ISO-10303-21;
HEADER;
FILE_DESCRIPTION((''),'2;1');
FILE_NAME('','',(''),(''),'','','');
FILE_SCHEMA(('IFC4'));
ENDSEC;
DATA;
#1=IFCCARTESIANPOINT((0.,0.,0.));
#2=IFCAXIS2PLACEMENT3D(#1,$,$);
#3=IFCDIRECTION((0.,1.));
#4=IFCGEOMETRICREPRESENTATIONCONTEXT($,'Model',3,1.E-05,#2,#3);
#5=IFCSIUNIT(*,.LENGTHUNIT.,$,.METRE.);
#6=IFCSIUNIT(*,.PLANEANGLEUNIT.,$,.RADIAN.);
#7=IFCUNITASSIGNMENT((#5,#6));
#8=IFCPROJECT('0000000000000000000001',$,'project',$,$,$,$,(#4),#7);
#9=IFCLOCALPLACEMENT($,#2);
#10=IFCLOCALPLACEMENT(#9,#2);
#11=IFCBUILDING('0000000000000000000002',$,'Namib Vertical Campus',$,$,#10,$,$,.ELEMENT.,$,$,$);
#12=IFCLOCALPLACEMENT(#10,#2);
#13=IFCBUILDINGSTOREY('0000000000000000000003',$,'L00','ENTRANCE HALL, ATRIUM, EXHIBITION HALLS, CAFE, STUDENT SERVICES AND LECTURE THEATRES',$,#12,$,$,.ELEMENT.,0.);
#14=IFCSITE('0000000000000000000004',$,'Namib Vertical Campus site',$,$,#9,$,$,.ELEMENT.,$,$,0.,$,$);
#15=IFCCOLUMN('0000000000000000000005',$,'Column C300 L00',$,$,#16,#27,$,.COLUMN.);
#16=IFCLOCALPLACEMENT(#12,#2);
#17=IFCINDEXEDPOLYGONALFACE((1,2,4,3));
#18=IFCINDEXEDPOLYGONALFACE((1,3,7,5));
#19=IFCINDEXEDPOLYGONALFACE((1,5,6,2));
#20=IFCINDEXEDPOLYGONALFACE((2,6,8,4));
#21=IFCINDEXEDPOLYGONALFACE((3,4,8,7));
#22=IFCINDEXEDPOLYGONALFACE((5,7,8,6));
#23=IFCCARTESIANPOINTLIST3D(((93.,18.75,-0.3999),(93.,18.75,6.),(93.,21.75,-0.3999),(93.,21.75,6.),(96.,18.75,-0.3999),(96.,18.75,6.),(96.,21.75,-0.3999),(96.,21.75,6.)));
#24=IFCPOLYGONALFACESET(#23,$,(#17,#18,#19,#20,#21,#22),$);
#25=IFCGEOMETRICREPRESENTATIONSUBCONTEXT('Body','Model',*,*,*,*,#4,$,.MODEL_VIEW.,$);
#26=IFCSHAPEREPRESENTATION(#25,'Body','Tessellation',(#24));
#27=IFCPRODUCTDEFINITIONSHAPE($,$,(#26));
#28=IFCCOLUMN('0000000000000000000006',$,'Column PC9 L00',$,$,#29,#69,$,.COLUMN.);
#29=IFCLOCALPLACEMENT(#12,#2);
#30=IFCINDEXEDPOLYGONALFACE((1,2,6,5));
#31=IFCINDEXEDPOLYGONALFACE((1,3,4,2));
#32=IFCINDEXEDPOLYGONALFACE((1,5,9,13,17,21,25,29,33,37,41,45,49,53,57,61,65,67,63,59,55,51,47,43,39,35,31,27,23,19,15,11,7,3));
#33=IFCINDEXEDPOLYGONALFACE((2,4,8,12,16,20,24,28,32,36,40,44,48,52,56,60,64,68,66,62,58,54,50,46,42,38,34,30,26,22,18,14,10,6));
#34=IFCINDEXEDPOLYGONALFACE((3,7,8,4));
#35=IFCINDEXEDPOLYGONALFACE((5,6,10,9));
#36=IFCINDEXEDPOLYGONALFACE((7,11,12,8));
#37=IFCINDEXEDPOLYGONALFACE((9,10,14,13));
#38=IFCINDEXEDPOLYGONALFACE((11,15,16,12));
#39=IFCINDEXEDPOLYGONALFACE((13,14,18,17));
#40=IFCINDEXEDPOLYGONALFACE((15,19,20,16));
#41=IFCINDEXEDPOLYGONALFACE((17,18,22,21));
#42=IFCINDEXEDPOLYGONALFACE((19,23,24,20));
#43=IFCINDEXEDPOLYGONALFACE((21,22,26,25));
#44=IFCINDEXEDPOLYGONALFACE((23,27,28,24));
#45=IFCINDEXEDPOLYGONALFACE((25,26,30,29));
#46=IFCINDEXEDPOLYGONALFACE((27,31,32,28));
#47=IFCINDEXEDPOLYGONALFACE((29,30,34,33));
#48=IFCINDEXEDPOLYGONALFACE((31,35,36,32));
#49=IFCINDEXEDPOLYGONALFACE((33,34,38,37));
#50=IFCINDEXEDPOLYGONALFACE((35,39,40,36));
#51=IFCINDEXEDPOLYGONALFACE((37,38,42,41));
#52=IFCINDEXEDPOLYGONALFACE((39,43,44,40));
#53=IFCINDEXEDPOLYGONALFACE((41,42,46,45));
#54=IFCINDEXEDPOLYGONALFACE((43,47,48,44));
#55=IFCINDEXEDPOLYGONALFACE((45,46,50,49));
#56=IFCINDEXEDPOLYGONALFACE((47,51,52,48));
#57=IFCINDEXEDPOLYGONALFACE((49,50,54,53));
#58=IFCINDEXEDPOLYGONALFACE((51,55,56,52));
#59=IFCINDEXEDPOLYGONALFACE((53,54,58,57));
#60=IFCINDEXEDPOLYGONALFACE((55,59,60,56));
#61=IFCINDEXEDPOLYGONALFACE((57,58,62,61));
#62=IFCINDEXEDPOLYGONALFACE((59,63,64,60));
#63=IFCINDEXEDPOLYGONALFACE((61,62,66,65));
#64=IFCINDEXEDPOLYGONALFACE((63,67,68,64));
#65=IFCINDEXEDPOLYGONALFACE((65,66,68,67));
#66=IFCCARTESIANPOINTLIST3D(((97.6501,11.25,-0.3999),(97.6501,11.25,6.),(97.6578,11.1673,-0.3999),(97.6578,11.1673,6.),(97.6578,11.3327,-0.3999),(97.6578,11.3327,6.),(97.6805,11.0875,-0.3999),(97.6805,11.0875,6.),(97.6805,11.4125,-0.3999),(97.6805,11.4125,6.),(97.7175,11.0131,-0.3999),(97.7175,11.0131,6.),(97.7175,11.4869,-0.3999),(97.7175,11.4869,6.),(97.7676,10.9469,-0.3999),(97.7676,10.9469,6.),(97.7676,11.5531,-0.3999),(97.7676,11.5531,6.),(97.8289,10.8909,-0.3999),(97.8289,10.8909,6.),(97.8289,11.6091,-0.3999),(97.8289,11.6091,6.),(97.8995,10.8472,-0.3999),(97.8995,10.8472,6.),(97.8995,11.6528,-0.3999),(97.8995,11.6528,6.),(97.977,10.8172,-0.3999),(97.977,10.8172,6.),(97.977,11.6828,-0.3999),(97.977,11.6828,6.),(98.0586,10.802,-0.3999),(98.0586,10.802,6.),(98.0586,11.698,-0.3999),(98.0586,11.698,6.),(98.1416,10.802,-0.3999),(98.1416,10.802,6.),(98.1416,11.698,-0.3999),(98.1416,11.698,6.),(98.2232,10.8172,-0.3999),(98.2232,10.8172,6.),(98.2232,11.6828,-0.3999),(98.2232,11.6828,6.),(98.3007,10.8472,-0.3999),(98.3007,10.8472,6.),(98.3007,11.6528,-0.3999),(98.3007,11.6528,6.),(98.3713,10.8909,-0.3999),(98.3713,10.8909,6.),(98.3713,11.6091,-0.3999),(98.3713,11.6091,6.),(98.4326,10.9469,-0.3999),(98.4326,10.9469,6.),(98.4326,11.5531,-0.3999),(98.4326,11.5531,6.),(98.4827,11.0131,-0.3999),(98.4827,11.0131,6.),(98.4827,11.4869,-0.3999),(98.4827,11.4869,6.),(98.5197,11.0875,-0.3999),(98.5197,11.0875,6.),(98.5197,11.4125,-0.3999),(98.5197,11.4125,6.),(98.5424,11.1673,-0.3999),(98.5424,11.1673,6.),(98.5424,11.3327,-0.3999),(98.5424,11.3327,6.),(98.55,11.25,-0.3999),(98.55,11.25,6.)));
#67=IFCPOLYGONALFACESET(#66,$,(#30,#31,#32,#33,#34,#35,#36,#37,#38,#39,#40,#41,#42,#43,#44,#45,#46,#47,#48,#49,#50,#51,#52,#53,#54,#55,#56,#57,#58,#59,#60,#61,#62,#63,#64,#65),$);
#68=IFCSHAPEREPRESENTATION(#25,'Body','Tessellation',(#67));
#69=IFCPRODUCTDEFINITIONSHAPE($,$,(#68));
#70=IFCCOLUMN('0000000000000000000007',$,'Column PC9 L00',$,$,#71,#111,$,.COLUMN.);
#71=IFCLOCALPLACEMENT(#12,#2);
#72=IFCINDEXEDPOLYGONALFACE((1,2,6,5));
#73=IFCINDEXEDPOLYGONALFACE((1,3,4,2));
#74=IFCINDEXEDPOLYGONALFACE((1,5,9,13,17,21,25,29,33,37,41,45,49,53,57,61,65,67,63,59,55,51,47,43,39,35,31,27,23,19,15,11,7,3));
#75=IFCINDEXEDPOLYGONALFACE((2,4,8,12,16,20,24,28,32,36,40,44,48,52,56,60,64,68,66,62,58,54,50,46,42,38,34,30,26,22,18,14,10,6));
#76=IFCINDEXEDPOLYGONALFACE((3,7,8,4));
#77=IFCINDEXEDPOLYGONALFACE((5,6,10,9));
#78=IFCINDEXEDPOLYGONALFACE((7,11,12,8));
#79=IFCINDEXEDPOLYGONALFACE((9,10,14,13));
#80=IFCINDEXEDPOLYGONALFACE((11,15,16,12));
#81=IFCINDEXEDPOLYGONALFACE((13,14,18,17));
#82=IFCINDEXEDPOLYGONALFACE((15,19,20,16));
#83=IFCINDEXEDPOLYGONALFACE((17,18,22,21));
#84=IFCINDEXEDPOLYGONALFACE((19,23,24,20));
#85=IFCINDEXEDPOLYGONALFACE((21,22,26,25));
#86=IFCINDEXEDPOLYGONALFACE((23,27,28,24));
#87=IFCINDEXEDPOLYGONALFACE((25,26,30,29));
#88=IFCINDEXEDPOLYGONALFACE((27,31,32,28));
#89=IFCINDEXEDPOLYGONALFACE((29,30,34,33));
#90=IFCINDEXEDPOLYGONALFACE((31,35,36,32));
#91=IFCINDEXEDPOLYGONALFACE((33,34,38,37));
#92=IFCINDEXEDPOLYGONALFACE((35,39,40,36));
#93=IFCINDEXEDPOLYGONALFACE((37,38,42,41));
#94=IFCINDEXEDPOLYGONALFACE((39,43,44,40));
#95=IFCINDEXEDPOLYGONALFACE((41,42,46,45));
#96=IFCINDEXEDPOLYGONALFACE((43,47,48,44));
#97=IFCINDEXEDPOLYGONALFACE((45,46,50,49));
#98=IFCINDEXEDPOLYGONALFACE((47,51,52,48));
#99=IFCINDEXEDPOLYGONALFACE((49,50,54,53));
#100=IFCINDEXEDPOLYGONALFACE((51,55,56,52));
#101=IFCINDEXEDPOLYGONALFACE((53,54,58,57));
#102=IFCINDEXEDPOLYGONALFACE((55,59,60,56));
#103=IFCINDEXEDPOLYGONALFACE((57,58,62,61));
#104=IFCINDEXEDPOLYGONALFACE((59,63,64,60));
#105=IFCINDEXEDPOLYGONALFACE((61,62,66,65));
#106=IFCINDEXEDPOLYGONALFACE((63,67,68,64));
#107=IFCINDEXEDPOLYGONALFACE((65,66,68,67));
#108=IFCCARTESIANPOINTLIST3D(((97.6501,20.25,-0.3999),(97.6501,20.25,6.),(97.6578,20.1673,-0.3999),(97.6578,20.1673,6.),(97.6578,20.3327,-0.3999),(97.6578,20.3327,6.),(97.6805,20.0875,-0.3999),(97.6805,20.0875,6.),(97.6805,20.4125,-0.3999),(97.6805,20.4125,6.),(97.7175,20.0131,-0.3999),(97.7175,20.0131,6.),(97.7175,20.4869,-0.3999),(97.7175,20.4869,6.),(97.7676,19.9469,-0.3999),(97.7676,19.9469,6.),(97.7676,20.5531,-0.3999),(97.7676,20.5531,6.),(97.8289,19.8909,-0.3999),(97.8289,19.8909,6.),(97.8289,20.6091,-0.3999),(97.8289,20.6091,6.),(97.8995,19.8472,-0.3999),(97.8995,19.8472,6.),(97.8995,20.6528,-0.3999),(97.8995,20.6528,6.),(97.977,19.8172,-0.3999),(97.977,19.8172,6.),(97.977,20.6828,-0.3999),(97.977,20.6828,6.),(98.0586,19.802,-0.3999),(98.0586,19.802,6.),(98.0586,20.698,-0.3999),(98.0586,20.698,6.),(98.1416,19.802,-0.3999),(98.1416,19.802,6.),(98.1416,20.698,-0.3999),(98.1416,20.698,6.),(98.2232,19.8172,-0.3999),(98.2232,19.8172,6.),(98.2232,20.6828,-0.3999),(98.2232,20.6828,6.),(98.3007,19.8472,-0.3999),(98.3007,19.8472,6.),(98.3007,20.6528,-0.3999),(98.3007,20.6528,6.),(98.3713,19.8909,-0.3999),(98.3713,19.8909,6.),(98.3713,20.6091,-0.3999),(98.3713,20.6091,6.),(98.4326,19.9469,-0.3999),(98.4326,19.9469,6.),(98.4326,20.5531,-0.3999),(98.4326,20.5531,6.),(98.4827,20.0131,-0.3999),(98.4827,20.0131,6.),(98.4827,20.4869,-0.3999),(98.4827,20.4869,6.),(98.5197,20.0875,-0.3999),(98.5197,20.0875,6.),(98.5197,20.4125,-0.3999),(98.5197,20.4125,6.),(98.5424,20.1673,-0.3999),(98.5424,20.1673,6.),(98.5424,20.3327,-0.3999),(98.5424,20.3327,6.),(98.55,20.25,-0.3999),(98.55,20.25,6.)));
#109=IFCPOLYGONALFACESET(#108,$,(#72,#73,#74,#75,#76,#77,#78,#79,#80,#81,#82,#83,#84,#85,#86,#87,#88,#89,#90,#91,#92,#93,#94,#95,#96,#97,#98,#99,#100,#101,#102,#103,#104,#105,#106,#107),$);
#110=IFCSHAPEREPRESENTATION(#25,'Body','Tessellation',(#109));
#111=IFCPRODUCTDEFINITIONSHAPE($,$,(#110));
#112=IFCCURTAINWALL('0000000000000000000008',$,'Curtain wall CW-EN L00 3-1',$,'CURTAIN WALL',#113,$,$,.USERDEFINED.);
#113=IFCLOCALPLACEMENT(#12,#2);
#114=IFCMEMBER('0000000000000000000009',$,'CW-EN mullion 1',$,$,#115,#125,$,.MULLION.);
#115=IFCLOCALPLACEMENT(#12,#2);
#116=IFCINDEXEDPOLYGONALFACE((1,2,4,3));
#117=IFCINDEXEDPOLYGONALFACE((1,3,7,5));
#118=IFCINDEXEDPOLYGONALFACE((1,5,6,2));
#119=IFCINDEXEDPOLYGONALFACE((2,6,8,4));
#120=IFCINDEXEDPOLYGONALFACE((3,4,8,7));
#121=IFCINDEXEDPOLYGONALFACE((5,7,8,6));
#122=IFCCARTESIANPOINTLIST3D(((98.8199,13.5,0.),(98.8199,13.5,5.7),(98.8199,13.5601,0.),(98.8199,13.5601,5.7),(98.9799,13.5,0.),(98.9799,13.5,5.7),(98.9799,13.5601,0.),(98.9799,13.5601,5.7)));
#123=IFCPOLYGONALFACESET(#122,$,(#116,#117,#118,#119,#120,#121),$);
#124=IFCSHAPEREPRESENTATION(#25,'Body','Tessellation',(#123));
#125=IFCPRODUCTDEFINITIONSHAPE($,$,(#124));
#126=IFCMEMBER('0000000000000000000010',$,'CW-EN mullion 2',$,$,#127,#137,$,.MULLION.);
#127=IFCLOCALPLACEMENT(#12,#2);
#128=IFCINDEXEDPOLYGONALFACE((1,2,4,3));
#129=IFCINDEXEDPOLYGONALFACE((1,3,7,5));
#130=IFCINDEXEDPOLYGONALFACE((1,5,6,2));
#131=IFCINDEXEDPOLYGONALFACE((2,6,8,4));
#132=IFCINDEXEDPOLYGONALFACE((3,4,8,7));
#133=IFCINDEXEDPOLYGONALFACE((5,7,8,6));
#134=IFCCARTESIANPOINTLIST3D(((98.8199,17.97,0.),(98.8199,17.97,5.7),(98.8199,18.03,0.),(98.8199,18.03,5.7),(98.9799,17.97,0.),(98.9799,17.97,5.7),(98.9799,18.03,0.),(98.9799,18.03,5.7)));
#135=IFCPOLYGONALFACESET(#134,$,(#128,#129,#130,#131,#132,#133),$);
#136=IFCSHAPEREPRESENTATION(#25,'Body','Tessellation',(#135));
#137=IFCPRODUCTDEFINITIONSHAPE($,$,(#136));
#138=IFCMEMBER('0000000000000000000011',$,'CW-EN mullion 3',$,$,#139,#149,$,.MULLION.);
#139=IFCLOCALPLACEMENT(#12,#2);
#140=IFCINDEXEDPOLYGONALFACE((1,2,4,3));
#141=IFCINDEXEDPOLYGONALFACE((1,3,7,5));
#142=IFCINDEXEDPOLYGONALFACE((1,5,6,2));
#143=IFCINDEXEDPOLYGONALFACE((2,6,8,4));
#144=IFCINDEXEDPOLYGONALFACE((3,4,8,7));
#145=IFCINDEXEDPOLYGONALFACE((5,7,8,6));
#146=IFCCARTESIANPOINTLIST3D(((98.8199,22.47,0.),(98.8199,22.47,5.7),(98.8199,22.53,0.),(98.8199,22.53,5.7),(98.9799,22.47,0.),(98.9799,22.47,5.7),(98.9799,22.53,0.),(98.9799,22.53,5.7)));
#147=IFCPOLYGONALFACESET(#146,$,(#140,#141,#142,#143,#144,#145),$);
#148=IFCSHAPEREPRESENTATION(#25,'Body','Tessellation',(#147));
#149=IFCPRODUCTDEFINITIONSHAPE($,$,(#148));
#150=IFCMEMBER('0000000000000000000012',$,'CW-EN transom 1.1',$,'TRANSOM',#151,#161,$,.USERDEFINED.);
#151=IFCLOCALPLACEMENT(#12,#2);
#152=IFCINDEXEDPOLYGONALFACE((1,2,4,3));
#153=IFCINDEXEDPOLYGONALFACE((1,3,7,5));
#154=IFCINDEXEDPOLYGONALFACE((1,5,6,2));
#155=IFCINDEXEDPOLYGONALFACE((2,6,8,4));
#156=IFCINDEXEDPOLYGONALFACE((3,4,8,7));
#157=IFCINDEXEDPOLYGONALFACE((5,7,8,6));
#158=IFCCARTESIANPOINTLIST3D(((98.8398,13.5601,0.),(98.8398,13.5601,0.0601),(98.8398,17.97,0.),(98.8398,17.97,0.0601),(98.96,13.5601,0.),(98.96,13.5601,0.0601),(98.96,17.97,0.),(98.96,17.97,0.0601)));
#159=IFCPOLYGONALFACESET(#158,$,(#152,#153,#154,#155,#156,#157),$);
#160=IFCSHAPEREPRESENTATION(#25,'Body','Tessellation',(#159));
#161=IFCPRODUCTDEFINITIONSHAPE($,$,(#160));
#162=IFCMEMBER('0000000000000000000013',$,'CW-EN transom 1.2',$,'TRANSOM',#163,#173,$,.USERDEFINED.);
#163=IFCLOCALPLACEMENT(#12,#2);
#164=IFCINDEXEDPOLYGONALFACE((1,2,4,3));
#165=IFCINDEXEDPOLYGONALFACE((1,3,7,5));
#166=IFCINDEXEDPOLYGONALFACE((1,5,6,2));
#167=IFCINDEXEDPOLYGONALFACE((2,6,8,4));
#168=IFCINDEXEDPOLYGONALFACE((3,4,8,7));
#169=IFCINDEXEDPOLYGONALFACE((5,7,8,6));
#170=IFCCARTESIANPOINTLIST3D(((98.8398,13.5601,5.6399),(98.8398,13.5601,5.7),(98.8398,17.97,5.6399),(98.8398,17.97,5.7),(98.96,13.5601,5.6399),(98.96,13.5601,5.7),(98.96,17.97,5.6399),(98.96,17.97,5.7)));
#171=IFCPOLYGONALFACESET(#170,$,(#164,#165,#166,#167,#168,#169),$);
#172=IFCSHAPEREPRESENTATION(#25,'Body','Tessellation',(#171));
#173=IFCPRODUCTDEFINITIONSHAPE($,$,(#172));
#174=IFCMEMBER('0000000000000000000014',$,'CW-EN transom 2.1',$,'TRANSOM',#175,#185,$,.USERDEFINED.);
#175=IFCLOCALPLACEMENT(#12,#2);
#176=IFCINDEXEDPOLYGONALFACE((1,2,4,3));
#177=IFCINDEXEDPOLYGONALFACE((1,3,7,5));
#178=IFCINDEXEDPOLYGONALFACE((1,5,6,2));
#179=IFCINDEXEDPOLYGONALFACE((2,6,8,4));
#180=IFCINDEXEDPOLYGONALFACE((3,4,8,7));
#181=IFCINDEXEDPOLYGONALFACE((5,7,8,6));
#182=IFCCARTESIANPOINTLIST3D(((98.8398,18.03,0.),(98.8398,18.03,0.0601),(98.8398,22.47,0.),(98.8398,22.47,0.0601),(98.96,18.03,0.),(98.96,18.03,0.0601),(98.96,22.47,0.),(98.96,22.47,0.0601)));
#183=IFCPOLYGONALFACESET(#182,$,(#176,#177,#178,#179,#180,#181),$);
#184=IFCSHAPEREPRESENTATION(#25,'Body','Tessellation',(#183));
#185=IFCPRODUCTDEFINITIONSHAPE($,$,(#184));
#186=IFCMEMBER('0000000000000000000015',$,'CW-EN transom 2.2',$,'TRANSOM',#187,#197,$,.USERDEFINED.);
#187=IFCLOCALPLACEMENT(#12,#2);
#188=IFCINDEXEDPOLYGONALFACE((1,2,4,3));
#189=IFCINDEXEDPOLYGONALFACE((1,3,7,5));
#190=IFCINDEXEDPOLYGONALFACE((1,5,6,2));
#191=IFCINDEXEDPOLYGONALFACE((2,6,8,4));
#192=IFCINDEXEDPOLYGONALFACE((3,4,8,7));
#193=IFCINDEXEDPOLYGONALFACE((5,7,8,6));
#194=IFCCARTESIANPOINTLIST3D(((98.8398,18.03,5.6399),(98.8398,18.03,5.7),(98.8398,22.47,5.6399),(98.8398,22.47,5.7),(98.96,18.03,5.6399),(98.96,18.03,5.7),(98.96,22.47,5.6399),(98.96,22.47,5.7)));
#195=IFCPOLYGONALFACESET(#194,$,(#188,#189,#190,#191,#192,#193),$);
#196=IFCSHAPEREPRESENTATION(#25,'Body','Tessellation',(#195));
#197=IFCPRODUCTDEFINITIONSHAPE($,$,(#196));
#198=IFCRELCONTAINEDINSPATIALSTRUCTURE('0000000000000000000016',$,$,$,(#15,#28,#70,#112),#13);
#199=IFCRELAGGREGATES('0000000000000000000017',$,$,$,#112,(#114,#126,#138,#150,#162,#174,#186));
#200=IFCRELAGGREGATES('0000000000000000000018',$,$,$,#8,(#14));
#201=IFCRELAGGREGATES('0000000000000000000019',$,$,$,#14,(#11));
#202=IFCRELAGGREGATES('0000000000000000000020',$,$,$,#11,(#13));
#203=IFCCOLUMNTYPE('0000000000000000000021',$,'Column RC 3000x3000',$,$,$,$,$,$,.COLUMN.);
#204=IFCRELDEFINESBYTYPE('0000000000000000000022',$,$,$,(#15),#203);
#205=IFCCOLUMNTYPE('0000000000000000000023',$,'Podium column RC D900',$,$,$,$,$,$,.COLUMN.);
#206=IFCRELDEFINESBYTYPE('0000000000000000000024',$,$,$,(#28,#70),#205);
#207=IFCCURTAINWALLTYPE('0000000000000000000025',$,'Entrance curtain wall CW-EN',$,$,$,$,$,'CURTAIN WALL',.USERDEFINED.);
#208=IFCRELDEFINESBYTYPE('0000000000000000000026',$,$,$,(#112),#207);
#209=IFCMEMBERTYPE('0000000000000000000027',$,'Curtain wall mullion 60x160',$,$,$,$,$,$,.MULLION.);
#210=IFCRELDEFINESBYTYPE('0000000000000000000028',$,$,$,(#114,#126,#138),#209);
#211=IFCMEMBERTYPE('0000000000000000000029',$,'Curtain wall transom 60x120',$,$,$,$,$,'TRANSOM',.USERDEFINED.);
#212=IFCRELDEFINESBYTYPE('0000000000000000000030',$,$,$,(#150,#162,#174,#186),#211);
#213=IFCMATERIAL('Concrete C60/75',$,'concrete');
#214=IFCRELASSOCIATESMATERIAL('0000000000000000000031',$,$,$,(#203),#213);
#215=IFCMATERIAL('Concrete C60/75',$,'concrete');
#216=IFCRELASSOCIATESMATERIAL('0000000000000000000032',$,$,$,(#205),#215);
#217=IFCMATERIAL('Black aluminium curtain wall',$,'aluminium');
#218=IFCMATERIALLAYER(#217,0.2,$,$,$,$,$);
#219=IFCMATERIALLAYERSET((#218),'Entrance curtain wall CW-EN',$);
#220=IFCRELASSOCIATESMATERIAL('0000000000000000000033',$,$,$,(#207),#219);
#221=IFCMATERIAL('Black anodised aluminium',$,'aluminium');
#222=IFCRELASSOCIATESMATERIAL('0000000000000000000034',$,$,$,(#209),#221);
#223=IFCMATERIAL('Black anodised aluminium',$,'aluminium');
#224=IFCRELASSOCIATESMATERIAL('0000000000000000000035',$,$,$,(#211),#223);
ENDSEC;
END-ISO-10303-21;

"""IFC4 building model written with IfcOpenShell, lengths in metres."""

from ifc_helpers import new_model, si_unit, direction, frame, origin, origin_2d, place, context, subcontext, project, spatial, rectangle, circle, extrude, material, layer, layer_set, material_profile, profile_set, type_object, element, aggregate, save


model = new_model("IFC4")

# Units and contexts
model_context = context("Model", 3, precision=1e-05, world=origin(), true_north=direction((0.0, 1.0)))
body_context = subcontext(model_context, "Body", "Model", "MODEL_VIEW")
ifc_project = project(units=[si_unit("LENGTHUNIT", "METRE"), si_unit("PLANEANGLEUNIT", "RADIAN")], contexts=[model_context])

# Site, building, storey
site_placement = place(None, origin())
site = spatial("IfcSite", under=ifc_project, at=site_placement, Name="Namib Vertical Campus site", CompositionType="ELEMENT", RefElevation=0.0)
building_placement = place(site_placement, origin())
building = spatial("IfcBuilding", under=site, at=building_placement, Name="Namib Vertical Campus", CompositionType="ELEMENT")
storey_placement = place(building_placement, origin())
storey = spatial("IfcBuildingStorey", under=building, at=storey_placement, Name="L00", Description="ENTRANCE HALL, ATRIUM, EXHIBITION HALLS, CAFE, STUDENT SERVICES AND LECTURE THEATRES", CompositionType="ELEMENT", Elevation=0.0)

# Columns
ifc_material_1 = material(Name="Concrete C60/75", Category="concrete")
ifc_material_profile_1 = material_profile(ifc_material_1, rectangle(XDim=3.0, YDim=3.0, at=origin_2d()))
ifc_profile_set_1 = profile_set([ifc_material_profile_1], Name="Concrete C60/75")
column_type_1 = type_object("IfcColumnType", Name="Column RC 3000x3000", PredefinedType="COLUMN", material=ifc_profile_set_1)
column_1_placement = place(storey_placement, frame((94.5, 20.25, -0.3999), z_axis=(0.0, 0.0, 1.0), x_axis=(1.0, 0.0, 0.0)))
element("IfcColumn", 1, at=column_1_placement, inside=storey, type_object=column_type_1, Name="Column C300 L00", PredefinedType="COLUMN", context=body_context, shape_type="SweptSolid", body=[
    extrude(rectangle(XDim=3.0, YDim=3.0, at=origin_2d()), origin(), (0.0, 0.0, 1.0), 6.3999),
])
ifc_material_2 = material(Name="Concrete C60/75", Category="concrete")
ifc_material_profile_2 = material_profile(ifc_material_2, circle(Radius=0.45, at=origin_2d()))
ifc_profile_set_2 = profile_set([ifc_material_profile_2], Name="Concrete C60/75")
column_type_2 = type_object("IfcColumnType", Name="Podium column RC D900", PredefinedType="COLUMN", material=ifc_profile_set_2)
for number, where, z_axis, x_axis, name in (
    (2, (98.1001, 11.25, -0.3999), (0.0, 0.0, 1.0), (1.0, 0.0, 0.0), "Column PC9 L00"),
    (3, (98.1001, 20.25, -0.3999), (0.0, 0.0, 1.0), (1.0, 0.0, 0.0), "Column PC9 L00"),
):
    element("IfcColumn", number, at=place(storey_placement, frame(where, z_axis=z_axis, x_axis=x_axis)), inside=storey, type_object=column_type_2, Name=name, PredefinedType="COLUMN", context=body_context, shape_type="SweptSolid", body=[
        extrude(circle(Radius=0.45, at=origin_2d()), origin(), (0.0, 0.0, 1.0), 6.3999),
    ])

# Curtain wall, members
ifc_material_3 = material(Name="Black aluminium curtain wall", Category="aluminium")
ifc_layer_1 = layer(ifc_material_3, 0.2)
ifc_layer_set_1 = layer_set([ifc_layer_1], Name="Entrance curtain wall CW-EN")
curtain_wall_type = type_object("IfcCurtainWallType", Name="Entrance curtain wall CW-EN", ElementType="CURTAIN WALL", PredefinedType="USERDEFINED", material=ifc_layer_set_1)
curtain_wall_placement = place(storey_placement, origin())
curtain_wall = element("IfcCurtainWall", 4, at=curtain_wall_placement, inside=storey, type_object=curtain_wall_type, Name="Curtain wall CW-EN L00 3-1", ObjectType="CURTAIN WALL", PredefinedType="USERDEFINED")
ifc_material_4 = material(Name="Black anodised aluminium", Category="aluminium")
ifc_material_profile_3 = material_profile(ifc_material_4, rectangle(XDim=0.0601, YDim=0.1599, at=origin_2d()))
ifc_profile_set_3 = profile_set([ifc_material_profile_3], Name="Black anodised aluminium")
member_type_1 = type_object("IfcMemberType", Name="Curtain wall mullion 60x160", PredefinedType="MULLION", material=ifc_profile_set_3)
member_1_placement = place(storey_placement, frame((98.8999, 13.53, 0.0), z_axis=(0.0, 0.0, 1.0), x_axis=(0.0, 1.0, 0.0)))
member_1 = element("IfcMember", 5, at=member_1_placement, type_object=member_type_1, Name="CW-EN mullion 1", PredefinedType="MULLION", context=body_context, shape_type="SweptSolid", body=[
    extrude(rectangle(XDim=0.0601, YDim=0.1599, at=origin_2d()), origin(), (0.0, 0.0, 1.0), 5.7),
])
member_2_placement = place(storey_placement, frame((98.8999, 18.0, 0.0), z_axis=(0.0, 0.0, 1.0), x_axis=(0.0, 1.0, 0.0)))
member_2 = element("IfcMember", 6, at=member_2_placement, type_object=member_type_1, Name="CW-EN mullion 2", PredefinedType="MULLION", context=body_context, shape_type="SweptSolid", body=[
    extrude(rectangle(XDim=0.0601, YDim=0.1599, at=origin_2d()), origin(), (0.0, 0.0, 1.0), 5.7),
])
member_3_placement = place(storey_placement, frame((98.8999, 22.5, 0.0), z_axis=(0.0, 0.0, 1.0), x_axis=(0.0, 1.0, 0.0)))
member_3 = element("IfcMember", 7, at=member_3_placement, type_object=member_type_1, Name="CW-EN mullion 3", PredefinedType="MULLION", context=body_context, shape_type="SweptSolid", body=[
    extrude(rectangle(XDim=0.0601, YDim=0.1599, at=origin_2d()), origin(), (0.0, 0.0, 1.0), 5.7),
])
ifc_material_5 = material(Name="Black anodised aluminium", Category="aluminium")
ifc_material_profile_4 = material_profile(ifc_material_5, rectangle(XDim=0.0601, YDim=0.1201, at=origin_2d()))
ifc_profile_set_4 = profile_set([ifc_material_profile_4], Name="Black anodised aluminium")
member_type_2 = type_object("IfcMemberType", Name="Curtain wall transom 60x120", ElementType="TRANSOM", PredefinedType="USERDEFINED", material=ifc_profile_set_4)
member_4_placement = place(storey_placement, frame((98.8999, 13.5601, 0.03), z_axis=(0.0, 1.0, 0.0), x_axis=(0.0, 0.0, 1.0)))
member_4 = element("IfcMember", 8, at=member_4_placement, type_object=member_type_2, Name="CW-EN transom 1.1", ObjectType="TRANSOM", PredefinedType="USERDEFINED", context=body_context, shape_type="SweptSolid", body=[
    extrude(rectangle(XDim=0.0601, YDim=0.1201, at=origin_2d()), origin(), (0.0, 0.0, 1.0), 4.4099),
])
member_5_placement = place(storey_placement, frame((98.8999, 13.5601, 5.6699), z_axis=(0.0, 1.0, 0.0), x_axis=(0.0, 0.0, 1.0)))
member_5 = element("IfcMember", 9, at=member_5_placement, type_object=member_type_2, Name="CW-EN transom 1.2", ObjectType="TRANSOM", PredefinedType="USERDEFINED", context=body_context, shape_type="SweptSolid", body=[
    extrude(rectangle(XDim=0.0601, YDim=0.1201, at=origin_2d()), origin(), (0.0, 0.0, 1.0), 4.4099),
])
member_6_placement = place(storey_placement, frame((98.8999, 18.03, 0.03), z_axis=(0.0, 1.0, 0.0), x_axis=(0.0, 0.0, 1.0)))
member_6 = element("IfcMember", 10, at=member_6_placement, type_object=member_type_2, Name="CW-EN transom 2.1", ObjectType="TRANSOM", PredefinedType="USERDEFINED", context=body_context, shape_type="SweptSolid", body=[
    extrude(rectangle(XDim=0.0601, YDim=0.1201, at=origin_2d()), origin(), (0.0, 0.0, 1.0), 4.4399),
])
member_7_placement = place(storey_placement, frame((98.8999, 18.03, 5.6699), z_axis=(0.0, 1.0, 0.0), x_axis=(0.0, 0.0, 1.0)))
member_7 = element("IfcMember", 11, at=member_7_placement, type_object=member_type_2, Name="CW-EN transom 2.2", ObjectType="TRANSOM", PredefinedType="USERDEFINED", context=body_context, shape_type="SweptSolid", body=[
    extrude(rectangle(XDim=0.0601, YDim=0.1201, at=origin_2d()), origin(), (0.0, 0.0, 1.0), 4.4399),
])
aggregate(curtain_wall, [member_1, member_2, member_3, member_4, member_5, member_6, member_7])

save(model, "model.ifc")
